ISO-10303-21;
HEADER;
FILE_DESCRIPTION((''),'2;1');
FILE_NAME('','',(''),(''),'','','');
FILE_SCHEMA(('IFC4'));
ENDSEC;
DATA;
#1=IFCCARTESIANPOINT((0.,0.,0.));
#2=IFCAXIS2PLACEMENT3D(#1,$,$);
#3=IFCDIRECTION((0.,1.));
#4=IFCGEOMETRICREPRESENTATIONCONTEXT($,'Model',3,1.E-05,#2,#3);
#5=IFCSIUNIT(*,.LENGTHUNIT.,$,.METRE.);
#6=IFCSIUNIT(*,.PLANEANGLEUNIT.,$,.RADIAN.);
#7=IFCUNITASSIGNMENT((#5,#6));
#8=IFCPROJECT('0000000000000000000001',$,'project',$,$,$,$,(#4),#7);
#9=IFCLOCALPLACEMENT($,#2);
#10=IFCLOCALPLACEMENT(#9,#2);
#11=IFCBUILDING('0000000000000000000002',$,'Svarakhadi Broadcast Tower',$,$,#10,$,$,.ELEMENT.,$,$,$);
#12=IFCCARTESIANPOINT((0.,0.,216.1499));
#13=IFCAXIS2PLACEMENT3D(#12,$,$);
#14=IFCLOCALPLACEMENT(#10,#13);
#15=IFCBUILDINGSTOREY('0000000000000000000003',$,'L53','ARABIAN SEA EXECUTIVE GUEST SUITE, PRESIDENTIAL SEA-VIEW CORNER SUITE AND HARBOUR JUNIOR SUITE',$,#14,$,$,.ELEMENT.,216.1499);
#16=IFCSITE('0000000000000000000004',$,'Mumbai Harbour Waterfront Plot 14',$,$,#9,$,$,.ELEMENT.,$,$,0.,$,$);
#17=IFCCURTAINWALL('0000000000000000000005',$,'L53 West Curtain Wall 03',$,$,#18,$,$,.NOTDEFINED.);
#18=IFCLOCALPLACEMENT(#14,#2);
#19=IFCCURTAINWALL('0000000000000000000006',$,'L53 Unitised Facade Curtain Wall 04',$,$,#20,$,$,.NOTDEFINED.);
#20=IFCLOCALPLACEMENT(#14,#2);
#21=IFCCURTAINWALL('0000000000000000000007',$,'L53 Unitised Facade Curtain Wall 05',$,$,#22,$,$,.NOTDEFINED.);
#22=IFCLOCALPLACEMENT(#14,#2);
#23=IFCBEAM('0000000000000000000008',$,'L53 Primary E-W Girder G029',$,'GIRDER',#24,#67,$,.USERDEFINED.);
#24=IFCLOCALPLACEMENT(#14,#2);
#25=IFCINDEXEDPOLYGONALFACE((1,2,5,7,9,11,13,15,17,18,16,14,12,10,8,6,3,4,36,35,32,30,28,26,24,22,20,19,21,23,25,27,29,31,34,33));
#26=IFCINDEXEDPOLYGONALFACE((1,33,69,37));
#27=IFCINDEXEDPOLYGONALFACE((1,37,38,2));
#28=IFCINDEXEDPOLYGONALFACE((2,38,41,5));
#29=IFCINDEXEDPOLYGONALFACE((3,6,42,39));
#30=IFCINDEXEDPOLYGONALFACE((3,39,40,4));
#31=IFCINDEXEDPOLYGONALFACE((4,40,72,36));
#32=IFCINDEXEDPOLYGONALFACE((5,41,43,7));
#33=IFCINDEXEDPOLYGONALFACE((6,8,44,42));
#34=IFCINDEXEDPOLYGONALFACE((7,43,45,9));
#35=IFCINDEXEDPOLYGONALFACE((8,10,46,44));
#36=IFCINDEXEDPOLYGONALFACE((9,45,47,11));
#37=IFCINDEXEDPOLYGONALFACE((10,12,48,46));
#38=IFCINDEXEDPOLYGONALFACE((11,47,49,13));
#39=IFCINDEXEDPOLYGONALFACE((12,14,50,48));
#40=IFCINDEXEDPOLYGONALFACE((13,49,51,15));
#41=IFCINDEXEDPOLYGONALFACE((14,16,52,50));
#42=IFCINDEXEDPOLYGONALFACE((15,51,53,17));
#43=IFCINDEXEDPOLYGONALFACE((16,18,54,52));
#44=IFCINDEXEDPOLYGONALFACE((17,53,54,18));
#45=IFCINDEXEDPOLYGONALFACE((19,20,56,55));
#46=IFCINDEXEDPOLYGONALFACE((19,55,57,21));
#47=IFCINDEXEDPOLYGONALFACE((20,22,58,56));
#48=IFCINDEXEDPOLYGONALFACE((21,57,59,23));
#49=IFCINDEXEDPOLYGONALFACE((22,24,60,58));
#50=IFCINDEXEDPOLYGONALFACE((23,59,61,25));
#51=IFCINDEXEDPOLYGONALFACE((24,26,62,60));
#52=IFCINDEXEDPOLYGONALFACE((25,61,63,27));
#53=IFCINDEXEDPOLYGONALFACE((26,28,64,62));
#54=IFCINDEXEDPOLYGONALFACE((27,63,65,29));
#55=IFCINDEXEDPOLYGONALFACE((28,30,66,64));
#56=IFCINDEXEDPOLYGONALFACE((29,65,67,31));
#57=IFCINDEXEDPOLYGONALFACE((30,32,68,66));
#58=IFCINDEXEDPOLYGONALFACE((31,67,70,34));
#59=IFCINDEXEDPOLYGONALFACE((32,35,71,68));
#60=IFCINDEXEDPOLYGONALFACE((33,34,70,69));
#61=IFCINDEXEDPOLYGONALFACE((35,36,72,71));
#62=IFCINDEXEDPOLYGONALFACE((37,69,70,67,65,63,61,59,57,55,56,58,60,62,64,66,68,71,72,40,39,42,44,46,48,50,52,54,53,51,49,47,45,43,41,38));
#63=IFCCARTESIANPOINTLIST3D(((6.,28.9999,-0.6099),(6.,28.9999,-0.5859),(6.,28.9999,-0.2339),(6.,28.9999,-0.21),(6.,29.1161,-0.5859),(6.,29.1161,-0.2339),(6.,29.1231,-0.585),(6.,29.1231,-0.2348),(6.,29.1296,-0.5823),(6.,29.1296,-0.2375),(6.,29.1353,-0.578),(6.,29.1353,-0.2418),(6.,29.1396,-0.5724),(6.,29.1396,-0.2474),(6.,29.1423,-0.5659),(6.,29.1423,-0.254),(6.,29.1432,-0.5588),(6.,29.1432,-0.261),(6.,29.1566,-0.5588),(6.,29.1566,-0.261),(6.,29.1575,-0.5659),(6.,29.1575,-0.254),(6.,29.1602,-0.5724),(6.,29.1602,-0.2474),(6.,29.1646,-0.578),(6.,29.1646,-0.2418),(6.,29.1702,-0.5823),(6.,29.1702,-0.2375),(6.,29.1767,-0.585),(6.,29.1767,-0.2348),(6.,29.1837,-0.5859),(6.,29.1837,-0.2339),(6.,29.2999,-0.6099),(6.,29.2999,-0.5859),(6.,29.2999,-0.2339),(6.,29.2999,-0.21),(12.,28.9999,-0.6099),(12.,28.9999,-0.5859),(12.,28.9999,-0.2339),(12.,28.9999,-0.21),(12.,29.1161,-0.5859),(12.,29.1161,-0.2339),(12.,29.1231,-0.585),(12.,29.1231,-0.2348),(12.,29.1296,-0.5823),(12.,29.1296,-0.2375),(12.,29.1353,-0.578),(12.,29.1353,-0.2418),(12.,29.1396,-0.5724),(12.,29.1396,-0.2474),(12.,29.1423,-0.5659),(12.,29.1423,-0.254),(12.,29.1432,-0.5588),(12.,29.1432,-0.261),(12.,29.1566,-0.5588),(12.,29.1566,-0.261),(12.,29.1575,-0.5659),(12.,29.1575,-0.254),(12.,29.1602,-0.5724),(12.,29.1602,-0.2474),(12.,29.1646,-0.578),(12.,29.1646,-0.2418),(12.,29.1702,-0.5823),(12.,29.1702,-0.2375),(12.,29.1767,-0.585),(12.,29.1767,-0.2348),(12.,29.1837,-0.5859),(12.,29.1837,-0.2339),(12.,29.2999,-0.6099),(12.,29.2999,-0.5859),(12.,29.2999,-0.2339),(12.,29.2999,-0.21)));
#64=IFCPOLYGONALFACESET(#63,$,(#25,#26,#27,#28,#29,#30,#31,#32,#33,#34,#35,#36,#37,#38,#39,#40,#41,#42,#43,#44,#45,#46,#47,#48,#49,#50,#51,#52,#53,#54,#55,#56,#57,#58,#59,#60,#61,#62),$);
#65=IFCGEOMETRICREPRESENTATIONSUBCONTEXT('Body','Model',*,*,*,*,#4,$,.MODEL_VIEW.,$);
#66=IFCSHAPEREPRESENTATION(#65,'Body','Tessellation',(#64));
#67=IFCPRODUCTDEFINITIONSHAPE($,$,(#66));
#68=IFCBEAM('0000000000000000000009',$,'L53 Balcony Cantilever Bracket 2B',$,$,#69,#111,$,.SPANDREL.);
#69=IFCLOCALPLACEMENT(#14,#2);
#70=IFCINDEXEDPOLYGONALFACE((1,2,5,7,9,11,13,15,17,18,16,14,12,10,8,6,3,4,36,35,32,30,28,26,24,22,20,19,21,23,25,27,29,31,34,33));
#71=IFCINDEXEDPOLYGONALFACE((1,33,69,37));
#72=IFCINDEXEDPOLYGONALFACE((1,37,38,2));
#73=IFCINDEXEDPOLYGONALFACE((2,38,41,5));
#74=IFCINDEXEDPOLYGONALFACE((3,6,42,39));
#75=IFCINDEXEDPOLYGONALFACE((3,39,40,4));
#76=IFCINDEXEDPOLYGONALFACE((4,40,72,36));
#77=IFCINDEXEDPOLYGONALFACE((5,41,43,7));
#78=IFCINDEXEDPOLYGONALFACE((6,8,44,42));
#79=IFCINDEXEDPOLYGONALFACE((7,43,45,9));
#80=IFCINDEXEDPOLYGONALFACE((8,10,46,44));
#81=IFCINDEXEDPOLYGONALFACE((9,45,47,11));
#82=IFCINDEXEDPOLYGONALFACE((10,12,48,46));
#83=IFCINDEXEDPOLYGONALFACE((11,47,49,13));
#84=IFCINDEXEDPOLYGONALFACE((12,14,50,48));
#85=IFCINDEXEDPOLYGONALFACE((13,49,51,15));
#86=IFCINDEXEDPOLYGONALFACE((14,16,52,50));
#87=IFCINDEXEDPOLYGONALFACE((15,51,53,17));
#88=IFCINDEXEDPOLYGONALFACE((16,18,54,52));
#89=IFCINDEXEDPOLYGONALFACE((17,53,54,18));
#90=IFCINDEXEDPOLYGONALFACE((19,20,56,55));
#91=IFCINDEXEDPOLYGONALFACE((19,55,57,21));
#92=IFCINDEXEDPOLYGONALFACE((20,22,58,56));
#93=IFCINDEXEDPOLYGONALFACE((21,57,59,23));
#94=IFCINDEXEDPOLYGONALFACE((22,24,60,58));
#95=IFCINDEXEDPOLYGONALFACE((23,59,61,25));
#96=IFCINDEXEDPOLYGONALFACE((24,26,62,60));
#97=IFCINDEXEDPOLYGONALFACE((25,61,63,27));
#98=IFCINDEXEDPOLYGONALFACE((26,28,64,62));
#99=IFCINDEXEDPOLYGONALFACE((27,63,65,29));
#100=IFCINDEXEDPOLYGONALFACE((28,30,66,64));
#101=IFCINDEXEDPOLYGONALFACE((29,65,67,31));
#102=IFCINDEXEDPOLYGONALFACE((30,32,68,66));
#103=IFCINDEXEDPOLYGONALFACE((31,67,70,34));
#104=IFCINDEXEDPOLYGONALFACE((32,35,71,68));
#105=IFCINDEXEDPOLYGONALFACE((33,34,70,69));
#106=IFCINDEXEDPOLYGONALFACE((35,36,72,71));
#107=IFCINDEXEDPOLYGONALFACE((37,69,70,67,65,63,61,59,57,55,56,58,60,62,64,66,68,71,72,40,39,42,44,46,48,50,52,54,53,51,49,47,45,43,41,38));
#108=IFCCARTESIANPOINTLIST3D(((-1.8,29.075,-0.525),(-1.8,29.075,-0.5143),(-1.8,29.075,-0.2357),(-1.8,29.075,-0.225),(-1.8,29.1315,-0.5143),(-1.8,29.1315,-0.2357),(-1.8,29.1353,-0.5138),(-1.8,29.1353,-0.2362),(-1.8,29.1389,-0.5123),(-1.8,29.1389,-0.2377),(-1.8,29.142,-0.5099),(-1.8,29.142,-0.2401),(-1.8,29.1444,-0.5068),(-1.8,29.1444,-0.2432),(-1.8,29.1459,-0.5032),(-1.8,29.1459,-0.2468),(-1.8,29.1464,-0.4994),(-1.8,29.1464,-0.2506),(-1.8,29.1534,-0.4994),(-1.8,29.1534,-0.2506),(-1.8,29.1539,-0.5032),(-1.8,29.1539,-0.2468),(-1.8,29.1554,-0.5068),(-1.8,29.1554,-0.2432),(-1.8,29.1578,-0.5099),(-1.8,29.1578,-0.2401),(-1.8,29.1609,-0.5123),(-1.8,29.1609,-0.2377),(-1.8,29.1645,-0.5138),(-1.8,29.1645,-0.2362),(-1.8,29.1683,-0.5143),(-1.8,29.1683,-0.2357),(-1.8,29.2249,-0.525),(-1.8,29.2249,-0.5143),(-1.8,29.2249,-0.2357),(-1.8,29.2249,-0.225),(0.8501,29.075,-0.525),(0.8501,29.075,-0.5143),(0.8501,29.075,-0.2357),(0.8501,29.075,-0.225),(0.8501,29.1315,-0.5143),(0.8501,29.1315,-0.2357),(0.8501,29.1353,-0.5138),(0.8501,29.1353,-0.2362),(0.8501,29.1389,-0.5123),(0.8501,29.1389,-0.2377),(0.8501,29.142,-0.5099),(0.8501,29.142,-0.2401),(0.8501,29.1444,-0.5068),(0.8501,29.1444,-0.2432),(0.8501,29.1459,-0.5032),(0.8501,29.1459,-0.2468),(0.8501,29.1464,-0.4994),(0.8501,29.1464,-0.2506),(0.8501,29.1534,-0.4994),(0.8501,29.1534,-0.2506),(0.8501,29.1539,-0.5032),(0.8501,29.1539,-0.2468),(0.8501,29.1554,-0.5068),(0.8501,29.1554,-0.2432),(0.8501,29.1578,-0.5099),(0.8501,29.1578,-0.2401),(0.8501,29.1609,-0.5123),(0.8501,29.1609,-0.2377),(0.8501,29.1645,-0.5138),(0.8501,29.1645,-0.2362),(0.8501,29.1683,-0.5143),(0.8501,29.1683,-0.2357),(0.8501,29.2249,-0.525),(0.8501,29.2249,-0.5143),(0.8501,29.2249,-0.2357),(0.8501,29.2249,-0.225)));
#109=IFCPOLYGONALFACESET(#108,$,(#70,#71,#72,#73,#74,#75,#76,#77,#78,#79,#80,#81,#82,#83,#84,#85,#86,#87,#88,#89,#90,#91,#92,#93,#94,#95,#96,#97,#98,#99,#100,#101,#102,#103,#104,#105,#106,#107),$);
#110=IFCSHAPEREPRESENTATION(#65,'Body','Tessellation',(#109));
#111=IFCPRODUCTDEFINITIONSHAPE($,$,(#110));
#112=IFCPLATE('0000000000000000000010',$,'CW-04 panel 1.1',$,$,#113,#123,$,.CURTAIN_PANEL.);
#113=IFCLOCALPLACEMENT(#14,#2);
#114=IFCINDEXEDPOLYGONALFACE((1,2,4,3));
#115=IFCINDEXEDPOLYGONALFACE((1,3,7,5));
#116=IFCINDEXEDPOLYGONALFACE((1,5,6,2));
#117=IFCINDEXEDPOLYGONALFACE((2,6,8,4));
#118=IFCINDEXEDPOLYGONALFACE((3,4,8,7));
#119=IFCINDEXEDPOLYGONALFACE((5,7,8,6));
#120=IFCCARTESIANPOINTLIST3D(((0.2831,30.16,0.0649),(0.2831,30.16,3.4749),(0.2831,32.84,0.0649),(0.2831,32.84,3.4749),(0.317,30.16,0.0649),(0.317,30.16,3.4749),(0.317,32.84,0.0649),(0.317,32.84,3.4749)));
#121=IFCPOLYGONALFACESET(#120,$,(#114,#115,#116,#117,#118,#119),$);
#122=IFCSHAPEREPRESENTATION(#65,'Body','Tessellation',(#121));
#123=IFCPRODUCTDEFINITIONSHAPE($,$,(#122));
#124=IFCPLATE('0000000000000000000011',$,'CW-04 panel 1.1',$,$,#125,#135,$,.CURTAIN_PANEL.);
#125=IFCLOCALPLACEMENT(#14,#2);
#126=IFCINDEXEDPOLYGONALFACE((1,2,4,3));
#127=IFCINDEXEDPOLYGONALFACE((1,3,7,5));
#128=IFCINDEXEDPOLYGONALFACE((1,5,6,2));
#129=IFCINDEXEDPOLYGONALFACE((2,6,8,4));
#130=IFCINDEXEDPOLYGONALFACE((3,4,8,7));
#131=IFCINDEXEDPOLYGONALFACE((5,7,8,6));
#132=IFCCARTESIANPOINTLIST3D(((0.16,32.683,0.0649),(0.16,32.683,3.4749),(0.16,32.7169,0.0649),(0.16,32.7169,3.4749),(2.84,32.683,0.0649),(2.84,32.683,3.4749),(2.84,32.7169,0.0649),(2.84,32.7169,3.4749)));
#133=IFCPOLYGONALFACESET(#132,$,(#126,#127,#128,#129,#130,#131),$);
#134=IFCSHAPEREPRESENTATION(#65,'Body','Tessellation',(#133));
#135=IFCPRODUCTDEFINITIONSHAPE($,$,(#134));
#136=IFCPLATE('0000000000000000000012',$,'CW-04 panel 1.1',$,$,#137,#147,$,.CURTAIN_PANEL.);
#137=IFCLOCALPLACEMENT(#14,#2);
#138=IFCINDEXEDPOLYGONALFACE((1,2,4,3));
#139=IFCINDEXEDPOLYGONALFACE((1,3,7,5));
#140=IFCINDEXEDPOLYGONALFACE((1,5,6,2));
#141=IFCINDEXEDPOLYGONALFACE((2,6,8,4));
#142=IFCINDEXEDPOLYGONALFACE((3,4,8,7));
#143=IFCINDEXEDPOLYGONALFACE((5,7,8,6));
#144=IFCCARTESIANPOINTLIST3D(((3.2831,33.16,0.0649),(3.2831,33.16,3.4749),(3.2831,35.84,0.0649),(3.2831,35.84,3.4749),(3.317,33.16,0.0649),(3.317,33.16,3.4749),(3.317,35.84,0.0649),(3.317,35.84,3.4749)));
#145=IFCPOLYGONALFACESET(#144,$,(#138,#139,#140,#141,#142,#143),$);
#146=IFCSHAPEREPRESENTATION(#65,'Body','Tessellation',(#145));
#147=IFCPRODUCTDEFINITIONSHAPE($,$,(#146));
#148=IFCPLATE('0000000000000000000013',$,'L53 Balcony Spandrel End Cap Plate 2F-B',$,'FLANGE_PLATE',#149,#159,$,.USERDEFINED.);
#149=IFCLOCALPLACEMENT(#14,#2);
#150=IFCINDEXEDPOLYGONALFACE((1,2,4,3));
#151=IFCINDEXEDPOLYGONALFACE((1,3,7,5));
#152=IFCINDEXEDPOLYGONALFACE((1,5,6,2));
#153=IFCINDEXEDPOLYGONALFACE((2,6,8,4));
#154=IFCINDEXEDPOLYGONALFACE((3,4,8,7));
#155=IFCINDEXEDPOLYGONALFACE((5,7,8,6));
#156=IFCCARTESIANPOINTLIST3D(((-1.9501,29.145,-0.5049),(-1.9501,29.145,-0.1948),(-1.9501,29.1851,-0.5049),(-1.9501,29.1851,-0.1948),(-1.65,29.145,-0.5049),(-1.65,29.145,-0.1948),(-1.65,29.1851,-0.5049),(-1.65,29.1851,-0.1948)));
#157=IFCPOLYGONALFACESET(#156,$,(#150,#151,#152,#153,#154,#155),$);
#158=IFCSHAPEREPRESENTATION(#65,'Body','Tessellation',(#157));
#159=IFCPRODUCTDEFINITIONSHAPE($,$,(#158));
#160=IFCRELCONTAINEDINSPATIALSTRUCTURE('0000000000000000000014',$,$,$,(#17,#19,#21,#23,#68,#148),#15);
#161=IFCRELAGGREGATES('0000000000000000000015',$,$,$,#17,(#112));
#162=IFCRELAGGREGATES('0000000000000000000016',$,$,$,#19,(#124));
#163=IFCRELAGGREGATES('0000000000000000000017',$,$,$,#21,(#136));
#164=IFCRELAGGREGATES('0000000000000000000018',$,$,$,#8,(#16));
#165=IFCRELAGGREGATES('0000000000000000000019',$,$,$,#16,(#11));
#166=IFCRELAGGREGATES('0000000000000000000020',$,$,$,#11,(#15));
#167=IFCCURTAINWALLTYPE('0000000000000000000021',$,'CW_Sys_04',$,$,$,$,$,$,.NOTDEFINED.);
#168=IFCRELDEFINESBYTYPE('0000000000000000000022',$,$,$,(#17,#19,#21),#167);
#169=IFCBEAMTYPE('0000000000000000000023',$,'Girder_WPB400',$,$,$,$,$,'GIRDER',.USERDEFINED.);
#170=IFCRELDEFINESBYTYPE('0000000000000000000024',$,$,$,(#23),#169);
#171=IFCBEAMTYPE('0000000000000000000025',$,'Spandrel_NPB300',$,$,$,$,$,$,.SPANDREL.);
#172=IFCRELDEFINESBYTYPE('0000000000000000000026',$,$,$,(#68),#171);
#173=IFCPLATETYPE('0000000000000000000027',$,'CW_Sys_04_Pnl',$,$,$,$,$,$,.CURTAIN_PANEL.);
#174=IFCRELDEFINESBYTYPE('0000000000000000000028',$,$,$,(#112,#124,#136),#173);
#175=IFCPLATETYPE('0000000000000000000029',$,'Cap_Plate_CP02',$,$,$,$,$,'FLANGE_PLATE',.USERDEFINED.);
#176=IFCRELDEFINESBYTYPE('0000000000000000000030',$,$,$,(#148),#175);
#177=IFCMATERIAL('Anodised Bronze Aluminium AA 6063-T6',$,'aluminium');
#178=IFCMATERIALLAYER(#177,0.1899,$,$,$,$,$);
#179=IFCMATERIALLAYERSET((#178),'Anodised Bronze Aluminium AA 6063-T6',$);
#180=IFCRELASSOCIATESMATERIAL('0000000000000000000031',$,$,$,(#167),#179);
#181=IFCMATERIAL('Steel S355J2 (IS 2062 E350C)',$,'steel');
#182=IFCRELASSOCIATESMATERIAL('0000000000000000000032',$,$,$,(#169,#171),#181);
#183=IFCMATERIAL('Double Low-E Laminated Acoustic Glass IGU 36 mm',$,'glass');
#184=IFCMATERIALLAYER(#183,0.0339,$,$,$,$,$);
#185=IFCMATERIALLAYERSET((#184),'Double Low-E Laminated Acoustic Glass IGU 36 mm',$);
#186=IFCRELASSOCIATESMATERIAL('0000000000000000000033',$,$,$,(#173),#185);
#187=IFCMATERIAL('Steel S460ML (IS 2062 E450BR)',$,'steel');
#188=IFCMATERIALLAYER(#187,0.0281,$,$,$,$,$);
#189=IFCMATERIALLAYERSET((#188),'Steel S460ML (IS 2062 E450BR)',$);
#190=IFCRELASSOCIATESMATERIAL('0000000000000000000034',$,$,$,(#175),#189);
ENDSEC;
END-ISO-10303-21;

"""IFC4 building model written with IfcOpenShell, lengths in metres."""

from ifc_helpers import new_model, si_unit, direction, frame, origin, origin_2d, place, context, subcontext, project, spatial, rectangle, i_section, extrude, material, layer, layer_set, material_profile, profile_set, type_object, element, aggregate, save


model = new_model("IFC4")

# Units and contexts
model_context = context("Model", 3, precision=1e-05, world=origin(), true_north=direction((0.0, 1.0)))
body_context = subcontext(model_context, "Body", "Model", "MODEL_VIEW")
ifc_project = project(units=[si_unit("LENGTHUNIT", "METRE"), si_unit("PLANEANGLEUNIT", "RADIAN")], contexts=[model_context])

# Site, building, storey
site_placement = place(None, origin())
site = spatial("IfcSite", under=ifc_project, at=site_placement, Name="Mumbai Harbour Waterfront Plot 14", CompositionType="ELEMENT", RefElevation=0.0)
building_placement = place(site_placement, origin())
building = spatial("IfcBuilding", under=site, at=building_placement, Name="Svarakhadi Broadcast Tower", CompositionType="ELEMENT")
storey_placement = place(building_placement, frame((0.0, 0.0, 216.1499)))
storey = spatial("IfcBuildingStorey", under=building, at=storey_placement, Name="L53", Description="ARABIAN SEA EXECUTIVE GUEST SUITE, PRESIDENTIAL SEA-VIEW CORNER SUITE AND HARBOUR JUNIOR SUITE", CompositionType="ELEMENT", Elevation=216.1499)

# Shared definitions
ifc_material_1 = material(Name="Steel S460ML (IS 2062 E450BR)", Category="steel")

# Curtain walls
ifc_material_2 = material(Name="Anodised Bronze Aluminium AA 6063-T6", Category="aluminium")
ifc_layer_1 = layer(ifc_material_2, 0.1899)
ifc_layer_set_1 = layer_set([ifc_layer_1], Name="Anodised Bronze Aluminium AA 6063-T6")
curtain_wall_type = type_object("IfcCurtainWallType", Name="CW_Sys_04", PredefinedType="NOTDEFINED", material=ifc_layer_set_1)
curtain_wall_1_placement = place(storey_placement, origin())
curtain_wall_1 = element("IfcCurtainWall", 1, at=curtain_wall_1_placement, inside=storey, type_object=curtain_wall_type, Name="L53 West Curtain Wall 03", PredefinedType="NOTDEFINED")
curtain_wall_2_placement = place(storey_placement, origin())
curtain_wall_2 = element("IfcCurtainWall", 2, at=curtain_wall_2_placement, inside=storey, type_object=curtain_wall_type, Name="L53 Unitised Facade Curtain Wall 04", PredefinedType="NOTDEFINED")
curtain_wall_3_placement = place(storey_placement, origin())
curtain_wall_3 = element("IfcCurtainWall", 3, at=curtain_wall_3_placement, inside=storey, type_object=curtain_wall_type, Name="L53 Unitised Facade Curtain Wall 05", PredefinedType="NOTDEFINED")

# Beams
ifc_material_3 = material(Name="Steel S355J2 (IS 2062 E350C)", Category="steel")
ifc_material_profile_1 = material_profile(ifc_material_3, i_section(OverallWidth=0.3, OverallDepth=0.3999, WebThickness=0.0134, FlangeThickness=0.0239, FilletRadius=0.0271, at=origin_2d()), Name="WPB 400x300x155")
ifc_profile_set_1 = profile_set([ifc_material_profile_1], Name="Steel S355J2 (IS 2062 E350C)")
beam_type_1 = type_object("IfcBeamType", Name="Girder_WPB400", ElementType="GIRDER", PredefinedType="USERDEFINED", material=ifc_profile_set_1)
beam_1_placement = place(storey_placement, frame((6.0, 29.1499, -0.4099), z_axis=(1.0, 0.0, 0.0), x_axis=(0.0, 1.0, 0.0)))
element("IfcBeam", 4, at=beam_1_placement, inside=storey, type_object=beam_type_1, Name="L53 Primary E-W Girder G029", ObjectType="GIRDER", PredefinedType="USERDEFINED", context=body_context, shape_type="SweptSolid", body=[
    extrude(i_section(OverallWidth=0.3, OverallDepth=0.3999, WebThickness=0.0134, FlangeThickness=0.0239, FilletRadius=0.0271, at=origin_2d()), origin(), (0.0, 0.0, 1.0), 6.0),
])
ifc_material_profile_2 = material_profile(ifc_material_3, i_section(OverallWidth=0.1499, OverallDepth=0.3, WebThickness=0.0071, FlangeThickness=0.0107, FilletRadius=0.0149, at=origin_2d()), Name="NPB 300x150x37")
ifc_profile_set_2 = profile_set([ifc_material_profile_2], Name="Steel S355J2 (IS 2062 E350C)")
beam_type_2 = type_object("IfcBeamType", Name="Spandrel_NPB300", PredefinedType="SPANDREL", material=ifc_profile_set_2)
beam_2_placement = place(storey_placement, frame((0.8501, 29.1499, -0.375), z_axis=(-1.0, 0.0, 0.0), x_axis=(0.0, -1.0, 0.0)))
element("IfcBeam", 5, at=beam_2_placement, inside=storey, type_object=beam_type_2, Name="L53 Balcony Cantilever Bracket 2B", PredefinedType="SPANDREL", context=body_context, shape_type="SweptSolid", body=[
    extrude(i_section(OverallWidth=0.1499, OverallDepth=0.3, WebThickness=0.0071, FlangeThickness=0.0107, FilletRadius=0.0149, at=origin_2d()), origin(), (0.0, 0.0, 1.0), 2.6501),
])

# Plates
ifc_material_4 = material(Name="Double Low-E Laminated Acoustic Glass IGU 36 mm", Category="glass")
ifc_layer_2 = layer(ifc_material_4, 0.0339)
ifc_layer_set_2 = layer_set([ifc_layer_2], Name="Double Low-E Laminated Acoustic Glass IGU 36 mm")
plate_type_1 = type_object("IfcPlateType", Name="CW_Sys_04_Pnl", PredefinedType="CURTAIN_PANEL", material=ifc_layer_set_2)
plate_1_placement = place(storey_placement, frame((0.3, 31.5, 0.0649), z_axis=(0.0, 0.0, 1.0), x_axis=(0.0, 1.0, 0.0)))
plate_1 = element("IfcPlate", 6, at=plate_1_placement, type_object=plate_type_1, Name="CW-04 panel 1.1", PredefinedType="CURTAIN_PANEL", context=body_context, shape_type="SweptSolid", body=[
    extrude(rectangle(XDim=2.6799, YDim=0.0339, at=origin_2d()), origin(), (0.0, 0.0, 1.0), 3.4099),
])
aggregate(curtain_wall_1, [plate_1])
plate_2_placement = place(storey_placement, frame((1.5, 32.7, 0.0649), z_axis=(0.0, 0.0, 1.0), x_axis=(1.0, 0.0, 0.0)))
plate_2 = element("IfcPlate", 7, at=plate_2_placement, type_object=plate_type_1, Name="CW-04 panel 1.1", PredefinedType="CURTAIN_PANEL", context=body_context, shape_type="SweptSolid", body=[
    extrude(rectangle(XDim=2.6799, YDim=0.0339, at=origin_2d()), origin(), (0.0, 0.0, 1.0), 3.4099),
])
aggregate(curtain_wall_2, [plate_2])
plate_3_placement = place(storey_placement, frame((3.3, 34.5, 0.0649), z_axis=(0.0, 0.0, 1.0), x_axis=(0.0, 1.0, 0.0)))
plate_3 = element("IfcPlate", 8, at=plate_3_placement, type_object=plate_type_1, Name="CW-04 panel 1.1", PredefinedType="CURTAIN_PANEL", context=body_context, shape_type="SweptSolid", body=[
    extrude(rectangle(XDim=2.6799, YDim=0.0339, at=origin_2d()), origin(), (0.0, 0.0, 1.0), 3.4099),
])
aggregate(curtain_wall_3, [plate_3])
ifc_layer_3 = layer(ifc_material_1, 0.0281)
ifc_layer_set_3 = layer_set([ifc_layer_3], Name="Steel S460ML (IS 2062 E450BR)")
plate_type_2 = type_object("IfcPlateType", Name="Cap_Plate_CP02", ElementType="FLANGE_PLATE", PredefinedType="USERDEFINED", material=ifc_layer_set_3)
plate_4_placement = place(storey_placement, frame((-1.8, 29.165, -0.5049), z_axis=(0.0, 0.0, 1.0), x_axis=(1.0, 0.0, 0.0)))
element("IfcPlate", 9, at=plate_4_placement, inside=storey, type_object=plate_type_2, Name="L53 Balcony Spandrel End Cap Plate 2F-B", ObjectType="FLANGE_PLATE", PredefinedType="USERDEFINED", context=body_context, shape_type="SweptSolid", body=[
    extrude(rectangle(XDim=0.3, YDim=0.04, at=origin_2d()), origin(), (0.0, 0.0, 1.0), 0.3101),
])

save(model, "model.ifc")
